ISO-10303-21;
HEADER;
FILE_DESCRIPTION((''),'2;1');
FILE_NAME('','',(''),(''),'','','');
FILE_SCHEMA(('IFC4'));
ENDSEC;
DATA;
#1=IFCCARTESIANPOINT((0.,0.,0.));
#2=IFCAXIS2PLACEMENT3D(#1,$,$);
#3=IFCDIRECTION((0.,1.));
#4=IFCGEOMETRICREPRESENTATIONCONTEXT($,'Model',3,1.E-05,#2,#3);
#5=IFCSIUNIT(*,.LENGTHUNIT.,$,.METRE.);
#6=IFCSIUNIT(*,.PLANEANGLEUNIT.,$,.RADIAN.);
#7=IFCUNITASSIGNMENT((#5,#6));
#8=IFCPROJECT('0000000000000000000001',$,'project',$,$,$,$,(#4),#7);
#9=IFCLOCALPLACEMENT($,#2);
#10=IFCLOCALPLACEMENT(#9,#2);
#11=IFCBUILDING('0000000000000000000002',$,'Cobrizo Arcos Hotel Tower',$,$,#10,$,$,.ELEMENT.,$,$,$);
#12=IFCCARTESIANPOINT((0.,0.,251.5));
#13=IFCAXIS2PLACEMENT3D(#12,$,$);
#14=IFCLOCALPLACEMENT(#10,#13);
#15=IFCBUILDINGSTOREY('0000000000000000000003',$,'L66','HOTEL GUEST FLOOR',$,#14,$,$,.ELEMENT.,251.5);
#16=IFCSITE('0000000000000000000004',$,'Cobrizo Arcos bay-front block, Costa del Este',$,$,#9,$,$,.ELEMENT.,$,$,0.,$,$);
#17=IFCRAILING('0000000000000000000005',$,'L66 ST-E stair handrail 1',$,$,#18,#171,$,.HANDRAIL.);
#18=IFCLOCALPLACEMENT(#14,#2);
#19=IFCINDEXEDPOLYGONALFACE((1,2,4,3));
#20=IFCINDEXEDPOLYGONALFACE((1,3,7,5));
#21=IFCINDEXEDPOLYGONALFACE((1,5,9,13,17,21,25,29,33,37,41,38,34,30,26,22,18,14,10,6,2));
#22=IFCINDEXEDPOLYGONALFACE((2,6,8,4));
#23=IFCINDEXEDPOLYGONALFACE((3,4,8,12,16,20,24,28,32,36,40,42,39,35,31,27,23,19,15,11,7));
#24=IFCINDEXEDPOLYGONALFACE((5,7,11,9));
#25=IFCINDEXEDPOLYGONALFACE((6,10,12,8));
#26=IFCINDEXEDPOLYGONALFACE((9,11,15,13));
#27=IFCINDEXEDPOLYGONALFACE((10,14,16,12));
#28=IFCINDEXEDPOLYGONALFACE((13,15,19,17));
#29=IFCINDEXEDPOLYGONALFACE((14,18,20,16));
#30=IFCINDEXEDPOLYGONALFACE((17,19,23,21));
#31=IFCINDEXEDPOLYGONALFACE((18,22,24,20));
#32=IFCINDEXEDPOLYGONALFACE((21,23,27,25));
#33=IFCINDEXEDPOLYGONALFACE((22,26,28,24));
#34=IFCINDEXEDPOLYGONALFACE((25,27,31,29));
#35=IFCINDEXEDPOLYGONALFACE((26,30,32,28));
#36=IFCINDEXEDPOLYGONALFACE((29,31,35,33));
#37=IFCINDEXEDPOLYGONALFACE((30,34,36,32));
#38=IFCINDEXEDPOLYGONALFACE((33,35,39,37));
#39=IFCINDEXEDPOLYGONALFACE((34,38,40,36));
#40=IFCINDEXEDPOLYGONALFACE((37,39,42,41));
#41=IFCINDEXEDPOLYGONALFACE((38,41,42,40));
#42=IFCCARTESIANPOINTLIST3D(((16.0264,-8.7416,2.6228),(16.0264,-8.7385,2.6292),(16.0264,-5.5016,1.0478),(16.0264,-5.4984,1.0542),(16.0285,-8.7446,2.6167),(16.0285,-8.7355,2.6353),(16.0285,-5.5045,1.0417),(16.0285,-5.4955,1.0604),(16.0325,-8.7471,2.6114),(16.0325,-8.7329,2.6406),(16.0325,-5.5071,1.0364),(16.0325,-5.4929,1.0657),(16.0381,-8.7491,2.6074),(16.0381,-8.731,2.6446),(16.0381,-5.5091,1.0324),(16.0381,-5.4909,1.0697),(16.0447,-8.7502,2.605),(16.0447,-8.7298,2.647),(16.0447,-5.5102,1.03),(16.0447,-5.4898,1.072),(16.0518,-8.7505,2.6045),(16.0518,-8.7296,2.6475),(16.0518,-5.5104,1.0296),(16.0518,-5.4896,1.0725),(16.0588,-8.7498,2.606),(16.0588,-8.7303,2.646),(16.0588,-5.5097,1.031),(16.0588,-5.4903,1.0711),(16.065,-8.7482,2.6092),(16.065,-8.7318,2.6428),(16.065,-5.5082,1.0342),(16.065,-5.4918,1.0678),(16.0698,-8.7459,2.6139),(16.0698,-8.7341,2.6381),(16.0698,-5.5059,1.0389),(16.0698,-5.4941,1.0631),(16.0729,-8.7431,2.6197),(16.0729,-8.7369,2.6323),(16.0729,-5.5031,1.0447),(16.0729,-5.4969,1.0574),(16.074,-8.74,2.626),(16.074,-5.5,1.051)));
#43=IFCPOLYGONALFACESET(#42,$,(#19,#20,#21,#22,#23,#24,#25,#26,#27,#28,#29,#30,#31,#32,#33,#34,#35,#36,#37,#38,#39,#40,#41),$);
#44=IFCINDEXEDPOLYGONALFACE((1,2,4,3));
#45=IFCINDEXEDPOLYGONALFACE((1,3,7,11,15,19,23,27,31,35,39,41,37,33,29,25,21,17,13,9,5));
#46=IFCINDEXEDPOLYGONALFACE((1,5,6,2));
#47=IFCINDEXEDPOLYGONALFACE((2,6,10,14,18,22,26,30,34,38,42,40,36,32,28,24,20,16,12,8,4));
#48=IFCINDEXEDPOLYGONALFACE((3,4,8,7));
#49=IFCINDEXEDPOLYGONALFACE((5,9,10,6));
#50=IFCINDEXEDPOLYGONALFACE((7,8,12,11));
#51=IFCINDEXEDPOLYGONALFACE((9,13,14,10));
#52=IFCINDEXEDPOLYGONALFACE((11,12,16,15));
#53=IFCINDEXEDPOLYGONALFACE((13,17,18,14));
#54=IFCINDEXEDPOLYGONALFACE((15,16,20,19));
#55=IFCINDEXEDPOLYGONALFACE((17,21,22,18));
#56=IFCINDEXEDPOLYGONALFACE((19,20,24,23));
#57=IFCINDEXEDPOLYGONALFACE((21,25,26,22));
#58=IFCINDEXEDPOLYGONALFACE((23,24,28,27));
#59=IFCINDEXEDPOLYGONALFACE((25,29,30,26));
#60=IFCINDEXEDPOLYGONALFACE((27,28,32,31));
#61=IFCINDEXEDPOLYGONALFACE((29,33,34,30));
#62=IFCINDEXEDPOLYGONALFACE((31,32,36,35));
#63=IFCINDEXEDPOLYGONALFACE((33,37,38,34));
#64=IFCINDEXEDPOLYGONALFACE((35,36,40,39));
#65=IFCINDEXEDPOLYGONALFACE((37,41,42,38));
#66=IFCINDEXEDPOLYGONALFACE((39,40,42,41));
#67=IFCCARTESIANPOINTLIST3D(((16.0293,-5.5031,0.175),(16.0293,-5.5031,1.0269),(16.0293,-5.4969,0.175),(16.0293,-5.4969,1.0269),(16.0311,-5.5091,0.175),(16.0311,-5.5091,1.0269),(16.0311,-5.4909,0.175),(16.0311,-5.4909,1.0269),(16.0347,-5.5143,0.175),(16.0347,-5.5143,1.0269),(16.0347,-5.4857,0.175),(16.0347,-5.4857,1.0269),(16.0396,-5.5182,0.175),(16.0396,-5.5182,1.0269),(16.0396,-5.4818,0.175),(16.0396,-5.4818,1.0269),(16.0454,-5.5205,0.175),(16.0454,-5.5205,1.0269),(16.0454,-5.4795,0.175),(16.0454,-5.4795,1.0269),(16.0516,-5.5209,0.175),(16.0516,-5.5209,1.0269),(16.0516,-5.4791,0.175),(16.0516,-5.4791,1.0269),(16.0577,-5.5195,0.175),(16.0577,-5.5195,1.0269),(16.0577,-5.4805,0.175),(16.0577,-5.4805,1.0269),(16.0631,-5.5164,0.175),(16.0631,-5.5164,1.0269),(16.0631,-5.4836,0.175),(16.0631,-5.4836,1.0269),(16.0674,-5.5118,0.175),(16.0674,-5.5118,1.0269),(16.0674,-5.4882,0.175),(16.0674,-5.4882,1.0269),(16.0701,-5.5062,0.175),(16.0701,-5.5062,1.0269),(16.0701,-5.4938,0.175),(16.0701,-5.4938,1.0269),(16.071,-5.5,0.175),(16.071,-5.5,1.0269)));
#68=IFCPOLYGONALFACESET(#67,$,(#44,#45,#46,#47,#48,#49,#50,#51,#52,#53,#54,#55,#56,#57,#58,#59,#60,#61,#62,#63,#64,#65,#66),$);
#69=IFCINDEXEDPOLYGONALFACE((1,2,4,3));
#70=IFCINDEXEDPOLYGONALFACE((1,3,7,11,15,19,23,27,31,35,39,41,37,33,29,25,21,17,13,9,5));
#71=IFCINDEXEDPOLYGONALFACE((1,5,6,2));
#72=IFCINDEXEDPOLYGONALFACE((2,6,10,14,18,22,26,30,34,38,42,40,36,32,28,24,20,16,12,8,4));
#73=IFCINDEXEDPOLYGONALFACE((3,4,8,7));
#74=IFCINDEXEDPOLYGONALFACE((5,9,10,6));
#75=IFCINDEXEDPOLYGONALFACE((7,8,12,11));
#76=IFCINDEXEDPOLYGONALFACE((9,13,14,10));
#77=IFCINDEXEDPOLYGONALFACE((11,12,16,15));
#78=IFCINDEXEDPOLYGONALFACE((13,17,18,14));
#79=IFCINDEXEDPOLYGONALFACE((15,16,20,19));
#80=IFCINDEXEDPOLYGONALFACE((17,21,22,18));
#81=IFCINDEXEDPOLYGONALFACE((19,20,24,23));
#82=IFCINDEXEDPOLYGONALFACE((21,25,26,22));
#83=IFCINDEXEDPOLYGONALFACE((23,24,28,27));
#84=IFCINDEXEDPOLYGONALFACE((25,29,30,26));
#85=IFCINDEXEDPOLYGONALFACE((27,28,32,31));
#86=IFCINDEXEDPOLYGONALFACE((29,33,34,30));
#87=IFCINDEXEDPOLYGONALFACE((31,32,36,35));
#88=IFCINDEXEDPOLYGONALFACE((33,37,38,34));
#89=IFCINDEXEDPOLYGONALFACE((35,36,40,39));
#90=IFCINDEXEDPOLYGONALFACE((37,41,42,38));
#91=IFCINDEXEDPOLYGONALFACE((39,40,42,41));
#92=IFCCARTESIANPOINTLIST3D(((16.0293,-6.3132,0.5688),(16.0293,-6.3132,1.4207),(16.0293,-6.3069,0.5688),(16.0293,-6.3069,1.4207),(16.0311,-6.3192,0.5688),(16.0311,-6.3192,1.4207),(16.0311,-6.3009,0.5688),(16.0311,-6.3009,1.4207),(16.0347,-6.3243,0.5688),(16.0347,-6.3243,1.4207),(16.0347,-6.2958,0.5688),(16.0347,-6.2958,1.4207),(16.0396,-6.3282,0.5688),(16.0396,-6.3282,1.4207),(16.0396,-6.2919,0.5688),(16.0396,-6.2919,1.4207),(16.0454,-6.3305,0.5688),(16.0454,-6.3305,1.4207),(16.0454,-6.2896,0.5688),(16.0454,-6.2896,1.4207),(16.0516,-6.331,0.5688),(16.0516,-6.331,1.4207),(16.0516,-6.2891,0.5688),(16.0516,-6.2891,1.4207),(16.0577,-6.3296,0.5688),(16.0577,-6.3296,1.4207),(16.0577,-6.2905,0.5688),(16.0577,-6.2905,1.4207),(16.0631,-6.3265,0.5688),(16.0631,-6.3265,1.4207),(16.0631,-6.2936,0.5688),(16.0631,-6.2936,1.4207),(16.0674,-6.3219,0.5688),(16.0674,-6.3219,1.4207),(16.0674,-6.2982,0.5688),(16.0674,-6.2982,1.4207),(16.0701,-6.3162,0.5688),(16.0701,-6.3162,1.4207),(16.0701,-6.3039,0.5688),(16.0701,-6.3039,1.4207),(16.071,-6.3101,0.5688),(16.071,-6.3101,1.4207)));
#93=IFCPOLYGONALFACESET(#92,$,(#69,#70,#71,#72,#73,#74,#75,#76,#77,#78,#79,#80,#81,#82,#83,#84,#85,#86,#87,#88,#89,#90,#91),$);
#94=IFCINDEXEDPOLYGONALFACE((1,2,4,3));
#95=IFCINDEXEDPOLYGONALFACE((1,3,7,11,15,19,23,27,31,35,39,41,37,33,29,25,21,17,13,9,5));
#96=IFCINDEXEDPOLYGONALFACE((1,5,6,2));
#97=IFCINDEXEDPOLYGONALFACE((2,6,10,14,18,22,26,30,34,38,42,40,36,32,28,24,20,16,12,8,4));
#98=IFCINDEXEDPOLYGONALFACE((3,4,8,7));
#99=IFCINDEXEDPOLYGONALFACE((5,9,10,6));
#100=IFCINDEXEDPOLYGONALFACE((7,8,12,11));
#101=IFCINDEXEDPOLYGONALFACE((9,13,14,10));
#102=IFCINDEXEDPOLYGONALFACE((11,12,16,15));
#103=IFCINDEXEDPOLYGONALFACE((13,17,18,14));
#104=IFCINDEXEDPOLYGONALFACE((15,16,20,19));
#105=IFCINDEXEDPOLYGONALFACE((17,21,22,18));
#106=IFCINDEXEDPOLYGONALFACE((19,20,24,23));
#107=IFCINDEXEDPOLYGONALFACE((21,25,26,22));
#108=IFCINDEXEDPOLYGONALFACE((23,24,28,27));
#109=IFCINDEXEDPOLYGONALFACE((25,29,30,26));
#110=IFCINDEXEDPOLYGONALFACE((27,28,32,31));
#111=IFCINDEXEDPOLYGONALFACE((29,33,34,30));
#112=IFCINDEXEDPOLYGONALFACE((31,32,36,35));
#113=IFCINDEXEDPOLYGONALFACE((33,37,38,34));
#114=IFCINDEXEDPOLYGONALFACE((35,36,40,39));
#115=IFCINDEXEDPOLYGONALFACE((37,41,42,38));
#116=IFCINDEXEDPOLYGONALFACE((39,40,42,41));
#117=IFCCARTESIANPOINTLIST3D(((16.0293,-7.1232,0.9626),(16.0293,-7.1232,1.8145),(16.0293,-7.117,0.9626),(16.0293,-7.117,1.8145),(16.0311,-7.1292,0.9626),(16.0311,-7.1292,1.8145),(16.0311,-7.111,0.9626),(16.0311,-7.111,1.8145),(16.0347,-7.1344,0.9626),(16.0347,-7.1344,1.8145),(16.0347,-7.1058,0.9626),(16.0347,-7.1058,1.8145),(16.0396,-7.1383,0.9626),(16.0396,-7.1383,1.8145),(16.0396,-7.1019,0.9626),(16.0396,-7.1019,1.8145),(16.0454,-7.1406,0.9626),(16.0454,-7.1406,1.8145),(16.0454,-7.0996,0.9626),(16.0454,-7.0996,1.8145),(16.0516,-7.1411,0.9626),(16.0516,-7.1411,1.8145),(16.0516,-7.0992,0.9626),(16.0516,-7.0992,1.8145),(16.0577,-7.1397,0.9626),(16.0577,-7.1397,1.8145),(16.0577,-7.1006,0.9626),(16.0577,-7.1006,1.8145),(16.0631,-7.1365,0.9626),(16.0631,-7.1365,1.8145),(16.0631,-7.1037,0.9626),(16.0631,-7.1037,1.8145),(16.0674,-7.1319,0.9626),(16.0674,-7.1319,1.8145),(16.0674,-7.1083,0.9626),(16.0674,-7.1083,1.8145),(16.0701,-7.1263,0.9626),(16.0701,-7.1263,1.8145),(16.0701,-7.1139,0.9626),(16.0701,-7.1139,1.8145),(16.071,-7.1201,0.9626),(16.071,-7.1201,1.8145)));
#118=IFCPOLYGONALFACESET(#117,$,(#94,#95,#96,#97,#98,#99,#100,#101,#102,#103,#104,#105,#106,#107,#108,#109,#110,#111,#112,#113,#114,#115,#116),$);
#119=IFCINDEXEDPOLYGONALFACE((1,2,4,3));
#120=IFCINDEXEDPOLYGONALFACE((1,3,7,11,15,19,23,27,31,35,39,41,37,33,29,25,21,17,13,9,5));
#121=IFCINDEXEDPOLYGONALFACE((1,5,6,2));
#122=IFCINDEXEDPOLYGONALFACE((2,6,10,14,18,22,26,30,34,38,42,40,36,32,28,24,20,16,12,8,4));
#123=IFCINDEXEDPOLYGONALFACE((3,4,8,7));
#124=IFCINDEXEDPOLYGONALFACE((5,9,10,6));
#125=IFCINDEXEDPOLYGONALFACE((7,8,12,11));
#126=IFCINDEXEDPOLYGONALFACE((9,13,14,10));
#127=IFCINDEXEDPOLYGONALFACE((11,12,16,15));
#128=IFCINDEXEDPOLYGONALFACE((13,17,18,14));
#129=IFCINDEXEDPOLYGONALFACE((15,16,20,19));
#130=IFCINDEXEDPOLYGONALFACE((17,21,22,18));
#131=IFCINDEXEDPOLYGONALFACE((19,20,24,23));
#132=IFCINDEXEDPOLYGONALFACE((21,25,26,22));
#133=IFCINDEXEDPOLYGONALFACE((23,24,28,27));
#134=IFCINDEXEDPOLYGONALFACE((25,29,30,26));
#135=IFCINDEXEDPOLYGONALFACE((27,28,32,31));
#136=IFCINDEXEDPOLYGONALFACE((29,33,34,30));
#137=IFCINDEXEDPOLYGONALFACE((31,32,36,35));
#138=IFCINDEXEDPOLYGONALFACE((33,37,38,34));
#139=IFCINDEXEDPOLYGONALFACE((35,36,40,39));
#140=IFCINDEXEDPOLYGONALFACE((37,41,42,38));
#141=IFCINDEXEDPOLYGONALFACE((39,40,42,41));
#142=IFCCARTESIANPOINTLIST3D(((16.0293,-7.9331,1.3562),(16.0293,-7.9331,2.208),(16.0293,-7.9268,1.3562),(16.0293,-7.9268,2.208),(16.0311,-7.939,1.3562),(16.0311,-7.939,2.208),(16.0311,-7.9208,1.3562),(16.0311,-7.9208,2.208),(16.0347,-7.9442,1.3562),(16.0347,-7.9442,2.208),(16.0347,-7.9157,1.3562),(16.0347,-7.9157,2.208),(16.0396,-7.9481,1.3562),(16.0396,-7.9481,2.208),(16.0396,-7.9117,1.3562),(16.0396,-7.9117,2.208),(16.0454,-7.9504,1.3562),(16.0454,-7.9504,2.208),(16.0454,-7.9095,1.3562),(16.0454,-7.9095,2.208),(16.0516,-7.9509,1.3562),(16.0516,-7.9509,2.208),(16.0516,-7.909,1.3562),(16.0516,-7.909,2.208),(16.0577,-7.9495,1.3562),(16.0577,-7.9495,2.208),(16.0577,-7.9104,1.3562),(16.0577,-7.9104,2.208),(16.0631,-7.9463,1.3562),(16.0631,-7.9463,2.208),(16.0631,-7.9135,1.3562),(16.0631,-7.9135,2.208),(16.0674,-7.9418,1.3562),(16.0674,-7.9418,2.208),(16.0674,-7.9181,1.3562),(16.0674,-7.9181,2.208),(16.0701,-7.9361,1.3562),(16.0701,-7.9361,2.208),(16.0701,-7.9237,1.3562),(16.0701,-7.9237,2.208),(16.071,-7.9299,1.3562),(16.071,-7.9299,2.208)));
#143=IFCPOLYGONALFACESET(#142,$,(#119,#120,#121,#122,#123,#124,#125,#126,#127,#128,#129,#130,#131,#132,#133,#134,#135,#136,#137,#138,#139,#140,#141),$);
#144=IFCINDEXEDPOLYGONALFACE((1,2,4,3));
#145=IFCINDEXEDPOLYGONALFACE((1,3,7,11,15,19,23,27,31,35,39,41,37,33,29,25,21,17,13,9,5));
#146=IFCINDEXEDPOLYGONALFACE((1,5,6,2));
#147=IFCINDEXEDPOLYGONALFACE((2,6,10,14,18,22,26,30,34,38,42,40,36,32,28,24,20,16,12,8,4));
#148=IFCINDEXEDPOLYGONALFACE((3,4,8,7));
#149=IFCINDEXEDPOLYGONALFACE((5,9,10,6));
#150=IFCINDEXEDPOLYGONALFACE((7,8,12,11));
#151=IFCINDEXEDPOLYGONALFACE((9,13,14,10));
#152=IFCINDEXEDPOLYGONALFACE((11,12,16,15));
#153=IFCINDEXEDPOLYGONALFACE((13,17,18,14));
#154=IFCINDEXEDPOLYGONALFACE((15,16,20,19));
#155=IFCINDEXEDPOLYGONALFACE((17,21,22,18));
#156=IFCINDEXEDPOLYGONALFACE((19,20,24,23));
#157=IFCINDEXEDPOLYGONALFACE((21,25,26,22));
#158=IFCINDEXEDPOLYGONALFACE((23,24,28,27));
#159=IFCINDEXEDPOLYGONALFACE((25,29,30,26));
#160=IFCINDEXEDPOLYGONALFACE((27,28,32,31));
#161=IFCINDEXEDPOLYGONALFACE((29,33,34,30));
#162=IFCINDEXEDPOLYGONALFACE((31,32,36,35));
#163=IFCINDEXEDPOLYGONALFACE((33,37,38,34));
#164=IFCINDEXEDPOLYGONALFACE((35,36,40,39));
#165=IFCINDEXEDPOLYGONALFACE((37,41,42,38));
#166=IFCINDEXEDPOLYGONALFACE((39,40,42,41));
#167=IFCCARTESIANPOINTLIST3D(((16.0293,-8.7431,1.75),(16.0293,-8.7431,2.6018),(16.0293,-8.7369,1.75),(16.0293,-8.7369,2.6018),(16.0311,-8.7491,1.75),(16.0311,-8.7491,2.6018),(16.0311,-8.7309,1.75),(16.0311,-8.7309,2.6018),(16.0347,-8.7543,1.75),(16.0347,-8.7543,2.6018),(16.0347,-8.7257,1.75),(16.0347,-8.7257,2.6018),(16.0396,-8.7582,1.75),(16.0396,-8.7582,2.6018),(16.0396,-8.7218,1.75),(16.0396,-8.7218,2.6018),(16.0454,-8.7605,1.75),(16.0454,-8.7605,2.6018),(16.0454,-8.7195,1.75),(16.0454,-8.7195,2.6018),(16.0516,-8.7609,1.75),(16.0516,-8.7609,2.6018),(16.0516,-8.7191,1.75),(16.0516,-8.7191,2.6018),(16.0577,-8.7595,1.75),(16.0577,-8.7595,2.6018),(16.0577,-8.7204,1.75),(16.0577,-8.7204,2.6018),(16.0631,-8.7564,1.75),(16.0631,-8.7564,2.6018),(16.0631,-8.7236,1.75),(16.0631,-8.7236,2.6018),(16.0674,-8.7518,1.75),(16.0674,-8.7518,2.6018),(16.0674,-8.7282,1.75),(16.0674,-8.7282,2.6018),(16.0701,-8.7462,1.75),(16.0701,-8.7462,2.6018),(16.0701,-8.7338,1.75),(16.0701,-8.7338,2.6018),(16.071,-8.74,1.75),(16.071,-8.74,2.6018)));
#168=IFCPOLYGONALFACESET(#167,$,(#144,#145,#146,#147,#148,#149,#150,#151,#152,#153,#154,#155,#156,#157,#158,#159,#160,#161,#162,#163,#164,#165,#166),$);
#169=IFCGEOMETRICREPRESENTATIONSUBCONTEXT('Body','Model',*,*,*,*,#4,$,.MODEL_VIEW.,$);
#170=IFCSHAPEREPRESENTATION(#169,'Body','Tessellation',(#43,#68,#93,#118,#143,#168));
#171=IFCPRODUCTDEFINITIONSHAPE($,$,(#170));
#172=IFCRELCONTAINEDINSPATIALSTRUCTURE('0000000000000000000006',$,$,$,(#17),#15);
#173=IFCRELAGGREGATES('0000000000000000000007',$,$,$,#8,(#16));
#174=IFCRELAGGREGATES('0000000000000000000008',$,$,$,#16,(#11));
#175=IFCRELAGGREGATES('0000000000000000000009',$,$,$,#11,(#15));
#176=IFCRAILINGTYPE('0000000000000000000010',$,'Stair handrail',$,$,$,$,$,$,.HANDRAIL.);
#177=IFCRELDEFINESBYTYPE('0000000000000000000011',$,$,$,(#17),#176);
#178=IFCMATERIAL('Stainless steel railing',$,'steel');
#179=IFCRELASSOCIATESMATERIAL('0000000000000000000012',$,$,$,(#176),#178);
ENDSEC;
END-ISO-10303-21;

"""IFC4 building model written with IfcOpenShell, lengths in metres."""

from ifc_helpers import new_model, si_unit, direction, frame, origin, origin_2d, place, context, subcontext, project, spatial, circle, extrude, material, type_object, element, save


model = new_model("IFC4")

# Units and contexts
model_context = context("Model", 3, precision=1e-05, world=origin(), true_north=direction((0.0, 1.0)))
body_context = subcontext(model_context, "Body", "Model", "MODEL_VIEW")
ifc_project = project(units=[si_unit("LENGTHUNIT", "METRE"), si_unit("PLANEANGLEUNIT", "RADIAN")], contexts=[model_context])

# Site, building, storey
site_placement = place(None, origin())
site = spatial("IfcSite", under=ifc_project, at=site_placement, Name="Cobrizo Arcos bay-front block, Costa del Este", CompositionType="ELEMENT", RefElevation=0.0)
building_placement = place(site_placement, origin())
building = spatial("IfcBuilding", under=site, at=building_placement, Name="Cobrizo Arcos Hotel Tower", CompositionType="ELEMENT")
storey_placement = place(building_placement, frame((0.0, 0.0, 251.5)))
storey = spatial("IfcBuildingStorey", under=building, at=storey_placement, Name="L66", Description="HOTEL GUEST FLOOR", CompositionType="ELEMENT", Elevation=251.5)

# Railing
ifc_material_1 = material(Name="Stainless steel railing", Category="steel")
railing_type_1 = type_object("IfcRailingType", Name="Stair handrail", PredefinedType="HANDRAIL", material=ifc_material_1)
railing_1_placement = place(storey_placement, frame((16.05, -5.5, 0.175)))
element("IfcRailing", 1, at=railing_1_placement, inside=storey, type_object=railing_type_1, Name="L66 ST-E stair handrail 1", PredefinedType="HANDRAIL", context=body_context, shape_type="SweptSolid", body=[
    extrude(circle(Radius=0.0239, at=origin_2d()), frame((0.0, 0.0, 0.876), z_axis=(0.0, -0.899373, 0.437183), x_axis=(1.0, 0.0, 0.0)), (0.0, 0.0, 1.0), 3.6025),
    extrude(circle(Radius=0.021, at=origin_2d()), origin(), (0.0, 0.0, 1.0), 0.8518),
    extrude(circle(Radius=0.021, at=origin_2d()), frame((0.0, -0.8101, 0.3938)), (0.0, 0.0, 1.0), 0.8518),
    extrude(circle(Radius=0.021, at=origin_2d()), frame((0.0, -1.6201, 0.7876)), (0.0, 0.0, 1.0), 0.8518),
    extrude(circle(Radius=0.021, at=origin_2d()), frame((0.0, -2.4299, 1.1812)), (0.0, 0.0, 1.0), 0.8518),
    extrude(circle(Radius=0.021, at=origin_2d()), frame((0.0, -3.24, 1.575)), (0.0, 0.0, 1.0), 0.8518),
])

save(model, "model.ifc")
